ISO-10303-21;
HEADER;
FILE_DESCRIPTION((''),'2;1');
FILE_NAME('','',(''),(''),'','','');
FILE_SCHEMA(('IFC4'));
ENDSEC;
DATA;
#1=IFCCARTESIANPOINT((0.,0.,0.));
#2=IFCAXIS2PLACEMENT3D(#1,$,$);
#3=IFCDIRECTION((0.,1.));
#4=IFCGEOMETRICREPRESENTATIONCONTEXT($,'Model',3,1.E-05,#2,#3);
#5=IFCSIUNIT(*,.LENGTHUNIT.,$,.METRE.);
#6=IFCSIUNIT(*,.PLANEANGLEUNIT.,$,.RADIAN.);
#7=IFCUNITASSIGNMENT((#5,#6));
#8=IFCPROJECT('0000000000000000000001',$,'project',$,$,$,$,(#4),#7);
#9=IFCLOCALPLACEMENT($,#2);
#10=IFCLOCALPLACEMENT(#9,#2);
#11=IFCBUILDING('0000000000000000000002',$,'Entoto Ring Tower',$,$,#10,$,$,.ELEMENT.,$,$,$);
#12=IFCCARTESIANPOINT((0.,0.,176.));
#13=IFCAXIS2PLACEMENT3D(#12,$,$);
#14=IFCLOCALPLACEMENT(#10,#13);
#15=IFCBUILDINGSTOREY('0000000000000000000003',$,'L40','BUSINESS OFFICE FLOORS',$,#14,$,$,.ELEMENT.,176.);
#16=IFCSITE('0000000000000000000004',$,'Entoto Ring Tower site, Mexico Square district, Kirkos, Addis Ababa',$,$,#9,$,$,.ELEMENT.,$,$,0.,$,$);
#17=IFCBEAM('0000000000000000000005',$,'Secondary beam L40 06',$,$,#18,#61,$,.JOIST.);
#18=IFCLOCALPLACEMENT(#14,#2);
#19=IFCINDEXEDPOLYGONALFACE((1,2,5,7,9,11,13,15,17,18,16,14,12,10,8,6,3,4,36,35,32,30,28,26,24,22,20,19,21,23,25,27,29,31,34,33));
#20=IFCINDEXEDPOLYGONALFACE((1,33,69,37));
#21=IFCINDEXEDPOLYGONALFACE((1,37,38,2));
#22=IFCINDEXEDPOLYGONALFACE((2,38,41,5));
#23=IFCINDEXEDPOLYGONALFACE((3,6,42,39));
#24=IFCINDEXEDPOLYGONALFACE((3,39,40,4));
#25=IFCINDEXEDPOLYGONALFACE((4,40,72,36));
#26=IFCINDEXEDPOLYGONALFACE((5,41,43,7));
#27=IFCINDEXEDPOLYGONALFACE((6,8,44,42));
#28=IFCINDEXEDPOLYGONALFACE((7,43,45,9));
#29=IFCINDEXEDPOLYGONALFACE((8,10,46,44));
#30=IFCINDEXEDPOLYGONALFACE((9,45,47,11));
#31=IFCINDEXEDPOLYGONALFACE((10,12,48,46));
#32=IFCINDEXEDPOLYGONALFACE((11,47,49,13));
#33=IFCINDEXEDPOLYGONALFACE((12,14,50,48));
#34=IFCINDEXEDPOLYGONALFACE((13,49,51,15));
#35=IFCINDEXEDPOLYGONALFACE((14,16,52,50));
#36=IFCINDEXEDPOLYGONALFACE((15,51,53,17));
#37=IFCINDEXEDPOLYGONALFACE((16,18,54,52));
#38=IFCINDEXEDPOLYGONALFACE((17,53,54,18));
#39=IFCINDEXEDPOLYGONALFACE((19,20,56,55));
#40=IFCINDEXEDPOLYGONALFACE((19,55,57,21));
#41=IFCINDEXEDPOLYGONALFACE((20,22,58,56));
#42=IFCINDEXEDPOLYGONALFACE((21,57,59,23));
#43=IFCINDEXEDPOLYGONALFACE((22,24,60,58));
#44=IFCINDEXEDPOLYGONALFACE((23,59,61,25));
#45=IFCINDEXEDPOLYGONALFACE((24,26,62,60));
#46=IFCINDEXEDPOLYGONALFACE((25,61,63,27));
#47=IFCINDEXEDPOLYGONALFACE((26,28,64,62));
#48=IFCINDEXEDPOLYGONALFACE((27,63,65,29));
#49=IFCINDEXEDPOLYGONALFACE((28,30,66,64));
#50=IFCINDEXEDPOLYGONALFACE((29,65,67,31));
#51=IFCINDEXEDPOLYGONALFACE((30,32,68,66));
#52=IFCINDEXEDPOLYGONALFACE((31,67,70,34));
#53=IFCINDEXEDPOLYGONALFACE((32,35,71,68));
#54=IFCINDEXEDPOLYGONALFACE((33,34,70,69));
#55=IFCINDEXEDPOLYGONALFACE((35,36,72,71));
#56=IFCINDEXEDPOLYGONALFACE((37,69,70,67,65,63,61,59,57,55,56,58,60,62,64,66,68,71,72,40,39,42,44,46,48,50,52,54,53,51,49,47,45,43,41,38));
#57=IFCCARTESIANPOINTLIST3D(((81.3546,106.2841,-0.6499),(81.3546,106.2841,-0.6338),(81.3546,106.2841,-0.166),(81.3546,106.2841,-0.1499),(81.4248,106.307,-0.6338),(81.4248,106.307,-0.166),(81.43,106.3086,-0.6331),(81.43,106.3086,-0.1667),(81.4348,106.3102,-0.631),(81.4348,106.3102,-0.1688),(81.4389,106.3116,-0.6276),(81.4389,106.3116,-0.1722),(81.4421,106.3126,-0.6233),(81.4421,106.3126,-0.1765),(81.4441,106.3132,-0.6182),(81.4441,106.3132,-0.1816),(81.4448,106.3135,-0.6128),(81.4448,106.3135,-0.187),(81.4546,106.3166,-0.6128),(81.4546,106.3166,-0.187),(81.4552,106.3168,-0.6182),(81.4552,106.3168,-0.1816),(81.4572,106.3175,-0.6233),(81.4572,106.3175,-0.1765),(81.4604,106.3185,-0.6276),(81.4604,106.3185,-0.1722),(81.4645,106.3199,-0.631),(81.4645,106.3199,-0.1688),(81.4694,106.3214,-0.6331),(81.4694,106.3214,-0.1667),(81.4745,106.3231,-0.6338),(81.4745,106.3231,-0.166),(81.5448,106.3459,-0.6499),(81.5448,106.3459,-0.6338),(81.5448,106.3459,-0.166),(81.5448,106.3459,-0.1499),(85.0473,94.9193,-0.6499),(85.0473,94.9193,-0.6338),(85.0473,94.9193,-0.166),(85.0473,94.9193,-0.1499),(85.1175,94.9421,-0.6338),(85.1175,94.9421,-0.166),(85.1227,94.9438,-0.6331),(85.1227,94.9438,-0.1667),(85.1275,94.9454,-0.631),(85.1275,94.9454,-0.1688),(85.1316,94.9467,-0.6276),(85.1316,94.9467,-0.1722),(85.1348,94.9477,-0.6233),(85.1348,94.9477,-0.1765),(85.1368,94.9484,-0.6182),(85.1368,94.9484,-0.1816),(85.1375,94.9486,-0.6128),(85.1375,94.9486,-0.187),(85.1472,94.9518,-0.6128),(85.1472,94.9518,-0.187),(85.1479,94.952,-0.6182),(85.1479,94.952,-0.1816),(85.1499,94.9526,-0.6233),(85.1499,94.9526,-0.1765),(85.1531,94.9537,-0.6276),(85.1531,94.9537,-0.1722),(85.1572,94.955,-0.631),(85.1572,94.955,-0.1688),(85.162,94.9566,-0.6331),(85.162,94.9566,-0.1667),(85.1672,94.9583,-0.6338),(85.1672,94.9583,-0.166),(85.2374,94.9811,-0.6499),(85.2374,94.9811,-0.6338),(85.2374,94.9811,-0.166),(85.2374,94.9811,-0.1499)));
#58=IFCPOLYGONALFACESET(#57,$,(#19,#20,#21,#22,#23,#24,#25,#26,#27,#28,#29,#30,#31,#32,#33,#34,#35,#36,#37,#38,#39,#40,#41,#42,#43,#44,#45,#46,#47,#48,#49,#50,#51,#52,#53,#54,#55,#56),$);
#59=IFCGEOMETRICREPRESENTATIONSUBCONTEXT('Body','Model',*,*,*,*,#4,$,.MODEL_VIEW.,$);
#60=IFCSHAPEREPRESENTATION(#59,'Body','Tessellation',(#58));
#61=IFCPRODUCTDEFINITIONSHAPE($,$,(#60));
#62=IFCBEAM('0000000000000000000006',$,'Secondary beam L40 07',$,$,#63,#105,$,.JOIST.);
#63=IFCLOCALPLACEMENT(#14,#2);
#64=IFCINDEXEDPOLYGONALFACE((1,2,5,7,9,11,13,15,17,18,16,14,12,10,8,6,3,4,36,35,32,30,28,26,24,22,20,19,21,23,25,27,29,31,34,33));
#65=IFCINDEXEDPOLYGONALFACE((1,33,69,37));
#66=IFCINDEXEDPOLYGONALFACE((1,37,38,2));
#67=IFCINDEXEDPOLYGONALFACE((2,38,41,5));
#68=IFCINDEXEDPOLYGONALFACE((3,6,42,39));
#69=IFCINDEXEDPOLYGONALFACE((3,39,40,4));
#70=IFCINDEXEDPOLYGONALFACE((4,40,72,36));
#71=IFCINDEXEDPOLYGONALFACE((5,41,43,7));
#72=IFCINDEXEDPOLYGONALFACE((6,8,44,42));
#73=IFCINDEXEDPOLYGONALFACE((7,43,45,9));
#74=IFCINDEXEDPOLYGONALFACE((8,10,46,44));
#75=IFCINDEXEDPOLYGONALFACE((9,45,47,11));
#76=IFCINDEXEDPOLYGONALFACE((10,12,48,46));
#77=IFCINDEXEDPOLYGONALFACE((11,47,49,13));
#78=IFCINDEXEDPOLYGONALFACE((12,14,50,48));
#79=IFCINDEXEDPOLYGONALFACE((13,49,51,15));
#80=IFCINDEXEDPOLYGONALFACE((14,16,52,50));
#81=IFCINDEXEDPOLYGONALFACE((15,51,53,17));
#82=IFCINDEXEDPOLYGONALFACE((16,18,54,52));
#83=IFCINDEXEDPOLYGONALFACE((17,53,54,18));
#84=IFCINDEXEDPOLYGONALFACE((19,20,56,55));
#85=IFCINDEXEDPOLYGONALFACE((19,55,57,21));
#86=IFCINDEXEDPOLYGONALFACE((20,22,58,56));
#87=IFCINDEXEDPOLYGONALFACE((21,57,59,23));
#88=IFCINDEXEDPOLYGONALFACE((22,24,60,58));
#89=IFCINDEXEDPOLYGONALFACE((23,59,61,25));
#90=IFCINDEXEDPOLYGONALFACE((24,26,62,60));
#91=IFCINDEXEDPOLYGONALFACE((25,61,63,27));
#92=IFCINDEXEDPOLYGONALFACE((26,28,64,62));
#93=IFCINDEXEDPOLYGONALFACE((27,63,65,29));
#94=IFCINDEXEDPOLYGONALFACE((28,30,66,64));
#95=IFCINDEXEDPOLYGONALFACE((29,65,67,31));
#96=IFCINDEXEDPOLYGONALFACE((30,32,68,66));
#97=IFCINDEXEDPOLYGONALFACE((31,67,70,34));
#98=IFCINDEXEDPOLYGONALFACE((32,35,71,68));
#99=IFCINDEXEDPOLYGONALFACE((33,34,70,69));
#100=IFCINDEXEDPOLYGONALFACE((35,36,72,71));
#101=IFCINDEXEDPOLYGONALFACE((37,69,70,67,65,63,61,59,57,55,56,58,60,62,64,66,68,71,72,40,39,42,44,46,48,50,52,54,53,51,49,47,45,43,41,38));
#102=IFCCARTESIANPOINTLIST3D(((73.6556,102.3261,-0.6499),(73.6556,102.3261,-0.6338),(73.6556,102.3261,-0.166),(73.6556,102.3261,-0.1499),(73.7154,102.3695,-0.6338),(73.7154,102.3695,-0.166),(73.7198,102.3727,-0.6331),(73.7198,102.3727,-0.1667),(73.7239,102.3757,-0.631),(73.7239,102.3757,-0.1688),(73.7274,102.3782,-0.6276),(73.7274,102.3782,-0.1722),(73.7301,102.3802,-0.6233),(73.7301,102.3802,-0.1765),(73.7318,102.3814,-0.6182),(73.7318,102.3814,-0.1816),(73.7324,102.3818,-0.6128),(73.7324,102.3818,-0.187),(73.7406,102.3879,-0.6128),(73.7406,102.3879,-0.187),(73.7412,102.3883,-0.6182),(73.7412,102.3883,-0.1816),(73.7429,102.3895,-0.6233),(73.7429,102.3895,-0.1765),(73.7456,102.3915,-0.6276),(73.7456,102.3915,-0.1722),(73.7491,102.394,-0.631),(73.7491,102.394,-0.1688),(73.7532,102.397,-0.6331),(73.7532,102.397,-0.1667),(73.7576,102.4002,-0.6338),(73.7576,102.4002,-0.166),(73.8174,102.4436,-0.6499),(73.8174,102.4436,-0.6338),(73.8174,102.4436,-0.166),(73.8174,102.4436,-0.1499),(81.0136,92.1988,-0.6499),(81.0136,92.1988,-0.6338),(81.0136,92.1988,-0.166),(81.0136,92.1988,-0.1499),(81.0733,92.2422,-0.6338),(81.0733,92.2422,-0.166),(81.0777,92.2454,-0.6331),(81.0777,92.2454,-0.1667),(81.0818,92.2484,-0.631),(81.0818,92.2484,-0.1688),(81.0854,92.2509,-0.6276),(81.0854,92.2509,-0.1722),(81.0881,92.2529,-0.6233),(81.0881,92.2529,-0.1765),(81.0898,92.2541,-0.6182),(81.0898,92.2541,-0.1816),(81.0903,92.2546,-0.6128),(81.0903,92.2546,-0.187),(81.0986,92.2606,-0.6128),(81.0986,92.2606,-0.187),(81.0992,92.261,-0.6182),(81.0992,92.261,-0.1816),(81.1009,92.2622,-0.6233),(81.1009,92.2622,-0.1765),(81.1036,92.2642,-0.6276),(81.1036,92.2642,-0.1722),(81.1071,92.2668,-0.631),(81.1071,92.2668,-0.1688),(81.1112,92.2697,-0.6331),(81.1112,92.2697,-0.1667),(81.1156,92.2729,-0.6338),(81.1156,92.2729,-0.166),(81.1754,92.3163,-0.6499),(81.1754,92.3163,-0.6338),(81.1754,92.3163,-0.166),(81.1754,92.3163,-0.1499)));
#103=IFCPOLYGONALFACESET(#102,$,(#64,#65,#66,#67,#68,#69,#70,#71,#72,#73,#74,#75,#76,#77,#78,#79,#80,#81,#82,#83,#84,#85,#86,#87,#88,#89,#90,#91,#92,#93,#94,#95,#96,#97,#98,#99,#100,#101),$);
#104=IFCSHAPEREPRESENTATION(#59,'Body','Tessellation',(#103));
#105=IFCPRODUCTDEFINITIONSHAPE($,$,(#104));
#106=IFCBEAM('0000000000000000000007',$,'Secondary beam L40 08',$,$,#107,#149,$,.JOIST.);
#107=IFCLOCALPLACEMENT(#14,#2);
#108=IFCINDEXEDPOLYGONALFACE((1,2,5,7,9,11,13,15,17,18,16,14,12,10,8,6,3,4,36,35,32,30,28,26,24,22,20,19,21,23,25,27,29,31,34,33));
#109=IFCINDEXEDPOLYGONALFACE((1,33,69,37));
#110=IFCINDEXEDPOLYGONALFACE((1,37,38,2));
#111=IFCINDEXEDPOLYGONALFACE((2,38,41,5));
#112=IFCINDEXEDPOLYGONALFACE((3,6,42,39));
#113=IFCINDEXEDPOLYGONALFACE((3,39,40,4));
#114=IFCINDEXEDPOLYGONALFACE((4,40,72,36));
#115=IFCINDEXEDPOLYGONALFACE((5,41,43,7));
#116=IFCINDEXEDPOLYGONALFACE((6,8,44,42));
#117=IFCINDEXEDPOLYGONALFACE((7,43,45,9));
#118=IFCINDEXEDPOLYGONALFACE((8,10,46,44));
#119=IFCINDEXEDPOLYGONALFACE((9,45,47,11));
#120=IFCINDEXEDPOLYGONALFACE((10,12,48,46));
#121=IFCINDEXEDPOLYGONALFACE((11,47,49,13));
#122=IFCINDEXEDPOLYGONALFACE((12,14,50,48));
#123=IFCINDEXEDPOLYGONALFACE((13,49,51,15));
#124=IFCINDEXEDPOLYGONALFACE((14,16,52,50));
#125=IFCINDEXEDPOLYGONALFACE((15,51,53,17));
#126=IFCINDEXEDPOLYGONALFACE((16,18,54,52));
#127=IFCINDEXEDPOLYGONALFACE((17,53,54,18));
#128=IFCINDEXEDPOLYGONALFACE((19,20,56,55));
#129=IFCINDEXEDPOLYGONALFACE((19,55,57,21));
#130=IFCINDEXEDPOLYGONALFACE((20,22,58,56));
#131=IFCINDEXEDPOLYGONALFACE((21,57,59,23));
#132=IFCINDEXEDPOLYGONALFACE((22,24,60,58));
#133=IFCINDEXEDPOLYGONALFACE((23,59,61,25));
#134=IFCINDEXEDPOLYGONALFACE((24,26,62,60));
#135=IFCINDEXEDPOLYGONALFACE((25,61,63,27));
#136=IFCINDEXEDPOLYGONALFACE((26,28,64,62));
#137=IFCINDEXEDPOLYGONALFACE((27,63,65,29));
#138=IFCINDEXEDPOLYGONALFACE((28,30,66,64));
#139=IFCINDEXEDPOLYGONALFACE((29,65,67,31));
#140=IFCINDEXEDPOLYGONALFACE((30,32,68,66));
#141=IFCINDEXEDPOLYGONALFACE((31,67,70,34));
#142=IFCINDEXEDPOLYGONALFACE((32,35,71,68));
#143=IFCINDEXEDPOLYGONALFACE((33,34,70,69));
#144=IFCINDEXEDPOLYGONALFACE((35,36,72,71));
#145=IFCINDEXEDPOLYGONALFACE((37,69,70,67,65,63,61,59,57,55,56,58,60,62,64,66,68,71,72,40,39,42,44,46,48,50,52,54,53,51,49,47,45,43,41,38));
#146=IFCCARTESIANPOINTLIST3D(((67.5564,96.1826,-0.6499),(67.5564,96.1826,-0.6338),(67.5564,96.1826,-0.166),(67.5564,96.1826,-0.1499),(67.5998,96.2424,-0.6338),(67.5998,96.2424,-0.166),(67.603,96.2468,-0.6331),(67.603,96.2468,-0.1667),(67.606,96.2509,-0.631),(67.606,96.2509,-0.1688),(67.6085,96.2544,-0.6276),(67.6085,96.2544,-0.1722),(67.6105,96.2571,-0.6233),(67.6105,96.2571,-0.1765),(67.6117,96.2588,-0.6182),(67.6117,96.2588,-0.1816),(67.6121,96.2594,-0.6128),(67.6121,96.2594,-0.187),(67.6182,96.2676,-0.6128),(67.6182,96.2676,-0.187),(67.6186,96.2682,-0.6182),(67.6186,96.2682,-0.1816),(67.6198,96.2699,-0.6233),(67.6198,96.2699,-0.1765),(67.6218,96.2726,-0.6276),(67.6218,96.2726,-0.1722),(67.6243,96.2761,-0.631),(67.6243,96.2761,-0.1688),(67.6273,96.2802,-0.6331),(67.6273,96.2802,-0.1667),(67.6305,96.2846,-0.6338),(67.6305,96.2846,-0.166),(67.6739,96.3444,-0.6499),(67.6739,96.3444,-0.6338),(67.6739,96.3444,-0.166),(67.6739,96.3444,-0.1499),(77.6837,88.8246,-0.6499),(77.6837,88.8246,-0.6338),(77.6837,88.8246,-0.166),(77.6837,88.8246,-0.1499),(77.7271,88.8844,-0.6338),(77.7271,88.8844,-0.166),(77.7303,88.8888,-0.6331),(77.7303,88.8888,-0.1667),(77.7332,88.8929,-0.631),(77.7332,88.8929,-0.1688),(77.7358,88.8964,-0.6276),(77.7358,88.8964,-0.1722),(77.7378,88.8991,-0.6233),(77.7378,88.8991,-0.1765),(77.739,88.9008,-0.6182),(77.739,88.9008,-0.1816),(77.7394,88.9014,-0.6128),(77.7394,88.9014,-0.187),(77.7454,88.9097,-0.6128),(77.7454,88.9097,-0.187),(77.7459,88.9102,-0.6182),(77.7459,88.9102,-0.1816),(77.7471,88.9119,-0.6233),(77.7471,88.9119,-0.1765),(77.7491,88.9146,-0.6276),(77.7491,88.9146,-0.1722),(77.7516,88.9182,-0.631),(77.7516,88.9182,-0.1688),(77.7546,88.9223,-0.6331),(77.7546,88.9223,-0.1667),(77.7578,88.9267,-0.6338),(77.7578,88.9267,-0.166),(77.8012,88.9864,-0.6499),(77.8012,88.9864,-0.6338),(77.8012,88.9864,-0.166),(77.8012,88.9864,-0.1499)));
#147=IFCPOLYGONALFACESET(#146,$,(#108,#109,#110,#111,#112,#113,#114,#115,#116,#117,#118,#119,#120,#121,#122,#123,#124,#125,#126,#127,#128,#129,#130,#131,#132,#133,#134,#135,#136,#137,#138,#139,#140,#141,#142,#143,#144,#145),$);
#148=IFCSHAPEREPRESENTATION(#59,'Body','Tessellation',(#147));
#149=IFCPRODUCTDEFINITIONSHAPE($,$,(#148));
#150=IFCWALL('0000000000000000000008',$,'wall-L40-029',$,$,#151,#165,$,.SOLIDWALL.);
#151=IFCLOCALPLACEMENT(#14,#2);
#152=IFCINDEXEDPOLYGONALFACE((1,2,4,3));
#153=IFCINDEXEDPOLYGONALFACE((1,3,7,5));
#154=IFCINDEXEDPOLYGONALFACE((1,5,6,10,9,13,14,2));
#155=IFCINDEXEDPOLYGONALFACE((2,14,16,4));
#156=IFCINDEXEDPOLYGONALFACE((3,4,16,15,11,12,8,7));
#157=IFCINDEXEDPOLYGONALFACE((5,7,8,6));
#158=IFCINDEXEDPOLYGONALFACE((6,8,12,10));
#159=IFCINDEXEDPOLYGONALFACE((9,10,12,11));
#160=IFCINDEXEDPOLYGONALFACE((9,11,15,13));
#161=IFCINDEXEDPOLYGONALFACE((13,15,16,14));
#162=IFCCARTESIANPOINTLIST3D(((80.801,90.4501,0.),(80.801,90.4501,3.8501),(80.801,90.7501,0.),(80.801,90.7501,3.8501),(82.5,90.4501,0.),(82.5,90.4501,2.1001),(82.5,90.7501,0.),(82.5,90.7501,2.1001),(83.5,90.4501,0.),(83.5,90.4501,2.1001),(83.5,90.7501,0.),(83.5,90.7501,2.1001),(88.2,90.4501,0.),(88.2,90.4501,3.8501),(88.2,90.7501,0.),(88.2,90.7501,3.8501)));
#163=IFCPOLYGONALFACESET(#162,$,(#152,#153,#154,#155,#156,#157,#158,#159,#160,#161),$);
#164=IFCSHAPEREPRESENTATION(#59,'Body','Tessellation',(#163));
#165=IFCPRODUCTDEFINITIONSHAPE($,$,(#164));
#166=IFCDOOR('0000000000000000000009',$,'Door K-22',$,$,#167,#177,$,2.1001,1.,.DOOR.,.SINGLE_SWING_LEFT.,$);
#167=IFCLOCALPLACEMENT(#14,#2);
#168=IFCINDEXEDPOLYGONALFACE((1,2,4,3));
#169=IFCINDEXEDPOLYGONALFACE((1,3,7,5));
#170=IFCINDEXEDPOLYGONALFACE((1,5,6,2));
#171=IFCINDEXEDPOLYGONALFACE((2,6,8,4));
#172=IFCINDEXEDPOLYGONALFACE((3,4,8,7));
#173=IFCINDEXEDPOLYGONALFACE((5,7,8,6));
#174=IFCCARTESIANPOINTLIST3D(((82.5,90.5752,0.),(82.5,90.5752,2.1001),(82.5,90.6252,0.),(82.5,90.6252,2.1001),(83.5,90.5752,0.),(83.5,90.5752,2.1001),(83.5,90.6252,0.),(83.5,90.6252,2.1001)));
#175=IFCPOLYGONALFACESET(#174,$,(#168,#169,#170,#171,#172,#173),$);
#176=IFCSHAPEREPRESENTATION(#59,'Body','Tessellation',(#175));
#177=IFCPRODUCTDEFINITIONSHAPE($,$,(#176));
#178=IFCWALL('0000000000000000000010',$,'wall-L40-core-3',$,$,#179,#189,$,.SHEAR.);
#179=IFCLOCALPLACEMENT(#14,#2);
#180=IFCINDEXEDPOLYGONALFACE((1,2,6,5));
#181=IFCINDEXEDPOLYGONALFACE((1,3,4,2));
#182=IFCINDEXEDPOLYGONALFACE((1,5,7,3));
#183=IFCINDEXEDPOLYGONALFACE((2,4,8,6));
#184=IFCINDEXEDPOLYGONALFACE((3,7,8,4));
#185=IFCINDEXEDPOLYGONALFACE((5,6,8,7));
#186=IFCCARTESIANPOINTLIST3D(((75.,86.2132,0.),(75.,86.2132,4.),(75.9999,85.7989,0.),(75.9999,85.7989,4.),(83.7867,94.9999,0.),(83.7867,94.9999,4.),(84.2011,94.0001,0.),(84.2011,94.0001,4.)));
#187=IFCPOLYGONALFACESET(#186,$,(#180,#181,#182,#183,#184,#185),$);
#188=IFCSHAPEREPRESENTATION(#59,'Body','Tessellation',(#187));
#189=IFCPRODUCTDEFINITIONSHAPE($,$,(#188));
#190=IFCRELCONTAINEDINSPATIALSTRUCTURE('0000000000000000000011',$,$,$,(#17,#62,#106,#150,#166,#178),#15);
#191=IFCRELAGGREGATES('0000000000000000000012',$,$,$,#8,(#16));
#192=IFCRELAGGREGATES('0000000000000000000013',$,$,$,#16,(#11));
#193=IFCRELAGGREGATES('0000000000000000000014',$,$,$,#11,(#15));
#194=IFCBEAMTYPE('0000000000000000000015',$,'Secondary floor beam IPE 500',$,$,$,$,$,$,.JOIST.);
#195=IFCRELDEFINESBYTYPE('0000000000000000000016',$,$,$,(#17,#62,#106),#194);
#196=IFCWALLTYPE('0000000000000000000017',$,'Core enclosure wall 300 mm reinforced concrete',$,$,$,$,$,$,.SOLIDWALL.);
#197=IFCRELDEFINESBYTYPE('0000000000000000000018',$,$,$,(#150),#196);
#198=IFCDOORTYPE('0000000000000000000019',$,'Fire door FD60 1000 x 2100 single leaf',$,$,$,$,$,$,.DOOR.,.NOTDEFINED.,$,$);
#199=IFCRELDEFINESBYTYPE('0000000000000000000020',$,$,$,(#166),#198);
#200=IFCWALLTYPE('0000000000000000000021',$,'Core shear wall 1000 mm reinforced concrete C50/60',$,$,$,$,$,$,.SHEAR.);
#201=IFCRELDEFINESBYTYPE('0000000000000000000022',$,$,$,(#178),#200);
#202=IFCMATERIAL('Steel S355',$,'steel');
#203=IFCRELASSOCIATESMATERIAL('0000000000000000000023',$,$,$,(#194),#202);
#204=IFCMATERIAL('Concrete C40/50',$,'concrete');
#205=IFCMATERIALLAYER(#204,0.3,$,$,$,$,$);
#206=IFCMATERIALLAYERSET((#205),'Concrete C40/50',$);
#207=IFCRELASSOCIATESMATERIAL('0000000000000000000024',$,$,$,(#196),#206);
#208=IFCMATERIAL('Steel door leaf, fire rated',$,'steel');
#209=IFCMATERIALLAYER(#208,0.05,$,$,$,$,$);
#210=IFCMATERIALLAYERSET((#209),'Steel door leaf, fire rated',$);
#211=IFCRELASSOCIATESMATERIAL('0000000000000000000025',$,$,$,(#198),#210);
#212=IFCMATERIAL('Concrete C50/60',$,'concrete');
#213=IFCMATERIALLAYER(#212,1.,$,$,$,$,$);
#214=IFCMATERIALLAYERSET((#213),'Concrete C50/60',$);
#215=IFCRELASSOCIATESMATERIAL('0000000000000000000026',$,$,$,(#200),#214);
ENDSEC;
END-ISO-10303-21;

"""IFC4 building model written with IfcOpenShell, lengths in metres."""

from ifc_helpers import new_model, si_unit, direction, frame, frame_2d, origin, origin_2d, place, context, subcontext, project, spatial, polyline, rectangle, i_section, outline, extrude, material, layer, layer_set, material_profile, profile_set, type_object, element, fill, save


model = new_model("IFC4")

# Units and contexts
model_context = context("Model", 3, precision=1e-05, world=origin(), true_north=direction((0.0, 1.0)))
body_context = subcontext(model_context, "Body", "Model", "MODEL_VIEW")
ifc_project = project(units=[si_unit("LENGTHUNIT", "METRE"), si_unit("PLANEANGLEUNIT", "RADIAN")], contexts=[model_context])

# Site, building, storey
site_placement = place(None, origin())
site = spatial("IfcSite", under=ifc_project, at=site_placement, Name="Entoto Ring Tower site, Mexico Square district, Kirkos, Addis Ababa", CompositionType="ELEMENT", RefElevation=0.0)
building_placement = place(site_placement, origin())
building = spatial("IfcBuilding", under=site, at=building_placement, Name="Entoto Ring Tower", CompositionType="ELEMENT")
storey_placement = place(building_placement, frame((0.0, 0.0, 176.0)))
storey = spatial("IfcBuildingStorey", under=building, at=storey_placement, Name="L40", Description="BUSINESS OFFICE FLOORS", CompositionType="ELEMENT", Elevation=176.0)

# Beams
ifc_material_1 = material(Name="Steel S355", Category="steel")
ifc_material_profile_1 = material_profile(ifc_material_1, i_section(OverallWidth=0.2, OverallDepth=0.5, WebThickness=0.0103, FlangeThickness=0.0161, FilletRadius=0.021, at=origin_2d()), Name="IPE 500")
ifc_profile_set_1 = profile_set([ifc_material_profile_1], Name="Steel S355")
beam_type_1 = type_object("IfcBeamType", Name="Secondary floor beam IPE 500", PredefinedType="JOIST", material=ifc_profile_set_1)
beam_1_placement = place(storey_placement, frame((85.1423, 94.9502, -0.3999), z_axis=(-0.309017, 0.951057, 0.0), x_axis=(-0.951057, -0.309017, 0.0)))
element("IfcBeam", 1, at=beam_1_placement, inside=storey, type_object=beam_type_1, Name="Secondary beam L40 06", PredefinedType="JOIST", context=body_context, shape_type="SweptSolid", body=[
    extrude(i_section(OverallWidth=0.2, OverallDepth=0.5, WebThickness=0.0103, FlangeThickness=0.0161, FilletRadius=0.021, at=origin_2d()), origin(), (0.0, 0.0, 1.0), 11.9497),
])
for number, where, z_axis, x_axis, name in (
    (2, (81.0945, 92.2576, -0.3999), (-0.587789, 0.809014, 0.0), (-0.809014, -0.587789, 0.0), "Secondary beam L40 07"),
    (3, (77.7424, 88.9055, -0.3999), (-0.809014, 0.587789, 0.0), (-0.587789, -0.809014, 0.0), "Secondary beam L40 08"),
):
    element("IfcBeam", number, at=place(storey_placement, frame(where, z_axis=z_axis, x_axis=x_axis)), inside=storey, type_object=beam_type_1, Name=name, PredefinedType="JOIST", context=body_context, shape_type="SweptSolid", body=[
        extrude(i_section(OverallWidth=0.2, OverallDepth=0.5, WebThickness=0.0103, FlangeThickness=0.0161, FilletRadius=0.021, at=origin_2d()), origin(), (0.0, 0.0, 1.0), 12.5181),
    ])

# Wall, opening, door
ifc_material_2 = material(Name="Concrete C40/50", Category="concrete")
ifc_layer_1 = layer(ifc_material_2, 0.3)
ifc_layer_set_1 = layer_set([ifc_layer_1], Name="Concrete C40/50")
wall_type_1 = type_object("IfcWallType", Name="Core enclosure wall 300 mm reinforced concrete", PredefinedType="SOLIDWALL", material=ifc_layer_set_1)
wall_1_placement = place(storey_placement, frame((80.801, 90.6001, 0.0), z_axis=(0.0, 0.0, 1.0), x_axis=(1.0, 0.0, 0.0)))
wall_1 = element("IfcWall", 4, at=wall_1_placement, inside=storey, type_object=wall_type_1, Name="wall-L40-029", PredefinedType="SOLIDWALL", context=body_context, shape_type="SweptSolid", body=[
    extrude(rectangle(XDim=7.3989, YDim=0.3, at=frame_2d((3.6995, 0.0))), origin(), (0.0, 0.0, 1.0), 3.8501),
])
opening_1_placement = place(wall_1_placement, frame((1.699, 0.0, 0.0)))
opening_1 = element("IfcOpeningElement", 5, at=opening_1_placement, cuts=wall_1, PredefinedType="OPENING", context=body_context, shape_type="SweptSolid", body=[
    extrude(rectangle(XDim=1.0, YDim=2.1001, at=frame_2d((0.5, 1.05))), frame((0.0, 0.1602, 0.0), z_axis=(0.0, -1.0, 0.0), x_axis=(1.0, 0.0, 0.0)), (0.0, 0.0, 1.0), 0.3201),
])
ifc_material_3 = material(Name="Steel door leaf, fire rated", Category="steel")
ifc_layer_2 = layer(ifc_material_3, 0.05)
ifc_layer_set_2 = layer_set([ifc_layer_2], Name="Steel door leaf, fire rated")
door_type_1 = type_object("IfcDoorType", Name="Fire door FD60 1000 x 2100 single leaf", OperationType="NOTDEFINED", PredefinedType="DOOR", material=ifc_layer_set_2)
door_1_placement = place(opening_1_placement, frame((1.0, 0.0, 0.0), z_axis=(0.0, 0.0, 1.0), x_axis=(-1.0, 0.0, 0.0)))
door_1 = element("IfcDoor", 6, at=door_1_placement, inside=storey, type_object=door_type_1, Name="Door K-22", OperationType="SINGLE_SWING_LEFT", OverallHeight=2.1001, OverallWidth=1.0, PredefinedType="DOOR", context=body_context, shape_type="SweptSolid", body=[
    extrude(rectangle(XDim=1.0, YDim=2.1001, at=frame_2d((0.5, 1.05))), frame((0.0, 0.0249, 0.0), z_axis=(0.0, -1.0, 0.0), x_axis=(1.0, 0.0, 0.0)), (0.0, 0.0, 1.0), 0.05),
])
fill(opening_1, door_1)

# Wall
ifc_material_4 = material(Name="Concrete C50/60", Category="concrete")
ifc_layer_3 = layer(ifc_material_4, 1.0)
ifc_layer_set_3 = layer_set([ifc_layer_3], Name="Concrete C50/60")
wall_type_2 = type_object("IfcWallType", Name="Core shear wall 1000 mm reinforced concrete C50/60", PredefinedType="SHEAR", material=ifc_layer_set_3)
wall_2_placement = place(storey_placement, frame((83.9939, 94.5, 0.0), z_axis=(0.0, 0.0, 1.0), x_axis=(-0.707107, -0.707107, 0.0)))
element("IfcWall", 7, at=wall_2_placement, inside=storey, type_object=wall_type_2, Name="wall-L40-core-3", PredefinedType="SHEAR", context=body_context, shape_type="SweptSolid", body=[
    extrude(outline(polyline([(-0.207, -0.5), (12.2192, -0.5), (11.8052, 0.5), (0.207, 0.5), (-0.207, -0.5)])), origin(), (0.0, 0.0, 1.0), 4.0),
])

save(model, "model.ifc")
